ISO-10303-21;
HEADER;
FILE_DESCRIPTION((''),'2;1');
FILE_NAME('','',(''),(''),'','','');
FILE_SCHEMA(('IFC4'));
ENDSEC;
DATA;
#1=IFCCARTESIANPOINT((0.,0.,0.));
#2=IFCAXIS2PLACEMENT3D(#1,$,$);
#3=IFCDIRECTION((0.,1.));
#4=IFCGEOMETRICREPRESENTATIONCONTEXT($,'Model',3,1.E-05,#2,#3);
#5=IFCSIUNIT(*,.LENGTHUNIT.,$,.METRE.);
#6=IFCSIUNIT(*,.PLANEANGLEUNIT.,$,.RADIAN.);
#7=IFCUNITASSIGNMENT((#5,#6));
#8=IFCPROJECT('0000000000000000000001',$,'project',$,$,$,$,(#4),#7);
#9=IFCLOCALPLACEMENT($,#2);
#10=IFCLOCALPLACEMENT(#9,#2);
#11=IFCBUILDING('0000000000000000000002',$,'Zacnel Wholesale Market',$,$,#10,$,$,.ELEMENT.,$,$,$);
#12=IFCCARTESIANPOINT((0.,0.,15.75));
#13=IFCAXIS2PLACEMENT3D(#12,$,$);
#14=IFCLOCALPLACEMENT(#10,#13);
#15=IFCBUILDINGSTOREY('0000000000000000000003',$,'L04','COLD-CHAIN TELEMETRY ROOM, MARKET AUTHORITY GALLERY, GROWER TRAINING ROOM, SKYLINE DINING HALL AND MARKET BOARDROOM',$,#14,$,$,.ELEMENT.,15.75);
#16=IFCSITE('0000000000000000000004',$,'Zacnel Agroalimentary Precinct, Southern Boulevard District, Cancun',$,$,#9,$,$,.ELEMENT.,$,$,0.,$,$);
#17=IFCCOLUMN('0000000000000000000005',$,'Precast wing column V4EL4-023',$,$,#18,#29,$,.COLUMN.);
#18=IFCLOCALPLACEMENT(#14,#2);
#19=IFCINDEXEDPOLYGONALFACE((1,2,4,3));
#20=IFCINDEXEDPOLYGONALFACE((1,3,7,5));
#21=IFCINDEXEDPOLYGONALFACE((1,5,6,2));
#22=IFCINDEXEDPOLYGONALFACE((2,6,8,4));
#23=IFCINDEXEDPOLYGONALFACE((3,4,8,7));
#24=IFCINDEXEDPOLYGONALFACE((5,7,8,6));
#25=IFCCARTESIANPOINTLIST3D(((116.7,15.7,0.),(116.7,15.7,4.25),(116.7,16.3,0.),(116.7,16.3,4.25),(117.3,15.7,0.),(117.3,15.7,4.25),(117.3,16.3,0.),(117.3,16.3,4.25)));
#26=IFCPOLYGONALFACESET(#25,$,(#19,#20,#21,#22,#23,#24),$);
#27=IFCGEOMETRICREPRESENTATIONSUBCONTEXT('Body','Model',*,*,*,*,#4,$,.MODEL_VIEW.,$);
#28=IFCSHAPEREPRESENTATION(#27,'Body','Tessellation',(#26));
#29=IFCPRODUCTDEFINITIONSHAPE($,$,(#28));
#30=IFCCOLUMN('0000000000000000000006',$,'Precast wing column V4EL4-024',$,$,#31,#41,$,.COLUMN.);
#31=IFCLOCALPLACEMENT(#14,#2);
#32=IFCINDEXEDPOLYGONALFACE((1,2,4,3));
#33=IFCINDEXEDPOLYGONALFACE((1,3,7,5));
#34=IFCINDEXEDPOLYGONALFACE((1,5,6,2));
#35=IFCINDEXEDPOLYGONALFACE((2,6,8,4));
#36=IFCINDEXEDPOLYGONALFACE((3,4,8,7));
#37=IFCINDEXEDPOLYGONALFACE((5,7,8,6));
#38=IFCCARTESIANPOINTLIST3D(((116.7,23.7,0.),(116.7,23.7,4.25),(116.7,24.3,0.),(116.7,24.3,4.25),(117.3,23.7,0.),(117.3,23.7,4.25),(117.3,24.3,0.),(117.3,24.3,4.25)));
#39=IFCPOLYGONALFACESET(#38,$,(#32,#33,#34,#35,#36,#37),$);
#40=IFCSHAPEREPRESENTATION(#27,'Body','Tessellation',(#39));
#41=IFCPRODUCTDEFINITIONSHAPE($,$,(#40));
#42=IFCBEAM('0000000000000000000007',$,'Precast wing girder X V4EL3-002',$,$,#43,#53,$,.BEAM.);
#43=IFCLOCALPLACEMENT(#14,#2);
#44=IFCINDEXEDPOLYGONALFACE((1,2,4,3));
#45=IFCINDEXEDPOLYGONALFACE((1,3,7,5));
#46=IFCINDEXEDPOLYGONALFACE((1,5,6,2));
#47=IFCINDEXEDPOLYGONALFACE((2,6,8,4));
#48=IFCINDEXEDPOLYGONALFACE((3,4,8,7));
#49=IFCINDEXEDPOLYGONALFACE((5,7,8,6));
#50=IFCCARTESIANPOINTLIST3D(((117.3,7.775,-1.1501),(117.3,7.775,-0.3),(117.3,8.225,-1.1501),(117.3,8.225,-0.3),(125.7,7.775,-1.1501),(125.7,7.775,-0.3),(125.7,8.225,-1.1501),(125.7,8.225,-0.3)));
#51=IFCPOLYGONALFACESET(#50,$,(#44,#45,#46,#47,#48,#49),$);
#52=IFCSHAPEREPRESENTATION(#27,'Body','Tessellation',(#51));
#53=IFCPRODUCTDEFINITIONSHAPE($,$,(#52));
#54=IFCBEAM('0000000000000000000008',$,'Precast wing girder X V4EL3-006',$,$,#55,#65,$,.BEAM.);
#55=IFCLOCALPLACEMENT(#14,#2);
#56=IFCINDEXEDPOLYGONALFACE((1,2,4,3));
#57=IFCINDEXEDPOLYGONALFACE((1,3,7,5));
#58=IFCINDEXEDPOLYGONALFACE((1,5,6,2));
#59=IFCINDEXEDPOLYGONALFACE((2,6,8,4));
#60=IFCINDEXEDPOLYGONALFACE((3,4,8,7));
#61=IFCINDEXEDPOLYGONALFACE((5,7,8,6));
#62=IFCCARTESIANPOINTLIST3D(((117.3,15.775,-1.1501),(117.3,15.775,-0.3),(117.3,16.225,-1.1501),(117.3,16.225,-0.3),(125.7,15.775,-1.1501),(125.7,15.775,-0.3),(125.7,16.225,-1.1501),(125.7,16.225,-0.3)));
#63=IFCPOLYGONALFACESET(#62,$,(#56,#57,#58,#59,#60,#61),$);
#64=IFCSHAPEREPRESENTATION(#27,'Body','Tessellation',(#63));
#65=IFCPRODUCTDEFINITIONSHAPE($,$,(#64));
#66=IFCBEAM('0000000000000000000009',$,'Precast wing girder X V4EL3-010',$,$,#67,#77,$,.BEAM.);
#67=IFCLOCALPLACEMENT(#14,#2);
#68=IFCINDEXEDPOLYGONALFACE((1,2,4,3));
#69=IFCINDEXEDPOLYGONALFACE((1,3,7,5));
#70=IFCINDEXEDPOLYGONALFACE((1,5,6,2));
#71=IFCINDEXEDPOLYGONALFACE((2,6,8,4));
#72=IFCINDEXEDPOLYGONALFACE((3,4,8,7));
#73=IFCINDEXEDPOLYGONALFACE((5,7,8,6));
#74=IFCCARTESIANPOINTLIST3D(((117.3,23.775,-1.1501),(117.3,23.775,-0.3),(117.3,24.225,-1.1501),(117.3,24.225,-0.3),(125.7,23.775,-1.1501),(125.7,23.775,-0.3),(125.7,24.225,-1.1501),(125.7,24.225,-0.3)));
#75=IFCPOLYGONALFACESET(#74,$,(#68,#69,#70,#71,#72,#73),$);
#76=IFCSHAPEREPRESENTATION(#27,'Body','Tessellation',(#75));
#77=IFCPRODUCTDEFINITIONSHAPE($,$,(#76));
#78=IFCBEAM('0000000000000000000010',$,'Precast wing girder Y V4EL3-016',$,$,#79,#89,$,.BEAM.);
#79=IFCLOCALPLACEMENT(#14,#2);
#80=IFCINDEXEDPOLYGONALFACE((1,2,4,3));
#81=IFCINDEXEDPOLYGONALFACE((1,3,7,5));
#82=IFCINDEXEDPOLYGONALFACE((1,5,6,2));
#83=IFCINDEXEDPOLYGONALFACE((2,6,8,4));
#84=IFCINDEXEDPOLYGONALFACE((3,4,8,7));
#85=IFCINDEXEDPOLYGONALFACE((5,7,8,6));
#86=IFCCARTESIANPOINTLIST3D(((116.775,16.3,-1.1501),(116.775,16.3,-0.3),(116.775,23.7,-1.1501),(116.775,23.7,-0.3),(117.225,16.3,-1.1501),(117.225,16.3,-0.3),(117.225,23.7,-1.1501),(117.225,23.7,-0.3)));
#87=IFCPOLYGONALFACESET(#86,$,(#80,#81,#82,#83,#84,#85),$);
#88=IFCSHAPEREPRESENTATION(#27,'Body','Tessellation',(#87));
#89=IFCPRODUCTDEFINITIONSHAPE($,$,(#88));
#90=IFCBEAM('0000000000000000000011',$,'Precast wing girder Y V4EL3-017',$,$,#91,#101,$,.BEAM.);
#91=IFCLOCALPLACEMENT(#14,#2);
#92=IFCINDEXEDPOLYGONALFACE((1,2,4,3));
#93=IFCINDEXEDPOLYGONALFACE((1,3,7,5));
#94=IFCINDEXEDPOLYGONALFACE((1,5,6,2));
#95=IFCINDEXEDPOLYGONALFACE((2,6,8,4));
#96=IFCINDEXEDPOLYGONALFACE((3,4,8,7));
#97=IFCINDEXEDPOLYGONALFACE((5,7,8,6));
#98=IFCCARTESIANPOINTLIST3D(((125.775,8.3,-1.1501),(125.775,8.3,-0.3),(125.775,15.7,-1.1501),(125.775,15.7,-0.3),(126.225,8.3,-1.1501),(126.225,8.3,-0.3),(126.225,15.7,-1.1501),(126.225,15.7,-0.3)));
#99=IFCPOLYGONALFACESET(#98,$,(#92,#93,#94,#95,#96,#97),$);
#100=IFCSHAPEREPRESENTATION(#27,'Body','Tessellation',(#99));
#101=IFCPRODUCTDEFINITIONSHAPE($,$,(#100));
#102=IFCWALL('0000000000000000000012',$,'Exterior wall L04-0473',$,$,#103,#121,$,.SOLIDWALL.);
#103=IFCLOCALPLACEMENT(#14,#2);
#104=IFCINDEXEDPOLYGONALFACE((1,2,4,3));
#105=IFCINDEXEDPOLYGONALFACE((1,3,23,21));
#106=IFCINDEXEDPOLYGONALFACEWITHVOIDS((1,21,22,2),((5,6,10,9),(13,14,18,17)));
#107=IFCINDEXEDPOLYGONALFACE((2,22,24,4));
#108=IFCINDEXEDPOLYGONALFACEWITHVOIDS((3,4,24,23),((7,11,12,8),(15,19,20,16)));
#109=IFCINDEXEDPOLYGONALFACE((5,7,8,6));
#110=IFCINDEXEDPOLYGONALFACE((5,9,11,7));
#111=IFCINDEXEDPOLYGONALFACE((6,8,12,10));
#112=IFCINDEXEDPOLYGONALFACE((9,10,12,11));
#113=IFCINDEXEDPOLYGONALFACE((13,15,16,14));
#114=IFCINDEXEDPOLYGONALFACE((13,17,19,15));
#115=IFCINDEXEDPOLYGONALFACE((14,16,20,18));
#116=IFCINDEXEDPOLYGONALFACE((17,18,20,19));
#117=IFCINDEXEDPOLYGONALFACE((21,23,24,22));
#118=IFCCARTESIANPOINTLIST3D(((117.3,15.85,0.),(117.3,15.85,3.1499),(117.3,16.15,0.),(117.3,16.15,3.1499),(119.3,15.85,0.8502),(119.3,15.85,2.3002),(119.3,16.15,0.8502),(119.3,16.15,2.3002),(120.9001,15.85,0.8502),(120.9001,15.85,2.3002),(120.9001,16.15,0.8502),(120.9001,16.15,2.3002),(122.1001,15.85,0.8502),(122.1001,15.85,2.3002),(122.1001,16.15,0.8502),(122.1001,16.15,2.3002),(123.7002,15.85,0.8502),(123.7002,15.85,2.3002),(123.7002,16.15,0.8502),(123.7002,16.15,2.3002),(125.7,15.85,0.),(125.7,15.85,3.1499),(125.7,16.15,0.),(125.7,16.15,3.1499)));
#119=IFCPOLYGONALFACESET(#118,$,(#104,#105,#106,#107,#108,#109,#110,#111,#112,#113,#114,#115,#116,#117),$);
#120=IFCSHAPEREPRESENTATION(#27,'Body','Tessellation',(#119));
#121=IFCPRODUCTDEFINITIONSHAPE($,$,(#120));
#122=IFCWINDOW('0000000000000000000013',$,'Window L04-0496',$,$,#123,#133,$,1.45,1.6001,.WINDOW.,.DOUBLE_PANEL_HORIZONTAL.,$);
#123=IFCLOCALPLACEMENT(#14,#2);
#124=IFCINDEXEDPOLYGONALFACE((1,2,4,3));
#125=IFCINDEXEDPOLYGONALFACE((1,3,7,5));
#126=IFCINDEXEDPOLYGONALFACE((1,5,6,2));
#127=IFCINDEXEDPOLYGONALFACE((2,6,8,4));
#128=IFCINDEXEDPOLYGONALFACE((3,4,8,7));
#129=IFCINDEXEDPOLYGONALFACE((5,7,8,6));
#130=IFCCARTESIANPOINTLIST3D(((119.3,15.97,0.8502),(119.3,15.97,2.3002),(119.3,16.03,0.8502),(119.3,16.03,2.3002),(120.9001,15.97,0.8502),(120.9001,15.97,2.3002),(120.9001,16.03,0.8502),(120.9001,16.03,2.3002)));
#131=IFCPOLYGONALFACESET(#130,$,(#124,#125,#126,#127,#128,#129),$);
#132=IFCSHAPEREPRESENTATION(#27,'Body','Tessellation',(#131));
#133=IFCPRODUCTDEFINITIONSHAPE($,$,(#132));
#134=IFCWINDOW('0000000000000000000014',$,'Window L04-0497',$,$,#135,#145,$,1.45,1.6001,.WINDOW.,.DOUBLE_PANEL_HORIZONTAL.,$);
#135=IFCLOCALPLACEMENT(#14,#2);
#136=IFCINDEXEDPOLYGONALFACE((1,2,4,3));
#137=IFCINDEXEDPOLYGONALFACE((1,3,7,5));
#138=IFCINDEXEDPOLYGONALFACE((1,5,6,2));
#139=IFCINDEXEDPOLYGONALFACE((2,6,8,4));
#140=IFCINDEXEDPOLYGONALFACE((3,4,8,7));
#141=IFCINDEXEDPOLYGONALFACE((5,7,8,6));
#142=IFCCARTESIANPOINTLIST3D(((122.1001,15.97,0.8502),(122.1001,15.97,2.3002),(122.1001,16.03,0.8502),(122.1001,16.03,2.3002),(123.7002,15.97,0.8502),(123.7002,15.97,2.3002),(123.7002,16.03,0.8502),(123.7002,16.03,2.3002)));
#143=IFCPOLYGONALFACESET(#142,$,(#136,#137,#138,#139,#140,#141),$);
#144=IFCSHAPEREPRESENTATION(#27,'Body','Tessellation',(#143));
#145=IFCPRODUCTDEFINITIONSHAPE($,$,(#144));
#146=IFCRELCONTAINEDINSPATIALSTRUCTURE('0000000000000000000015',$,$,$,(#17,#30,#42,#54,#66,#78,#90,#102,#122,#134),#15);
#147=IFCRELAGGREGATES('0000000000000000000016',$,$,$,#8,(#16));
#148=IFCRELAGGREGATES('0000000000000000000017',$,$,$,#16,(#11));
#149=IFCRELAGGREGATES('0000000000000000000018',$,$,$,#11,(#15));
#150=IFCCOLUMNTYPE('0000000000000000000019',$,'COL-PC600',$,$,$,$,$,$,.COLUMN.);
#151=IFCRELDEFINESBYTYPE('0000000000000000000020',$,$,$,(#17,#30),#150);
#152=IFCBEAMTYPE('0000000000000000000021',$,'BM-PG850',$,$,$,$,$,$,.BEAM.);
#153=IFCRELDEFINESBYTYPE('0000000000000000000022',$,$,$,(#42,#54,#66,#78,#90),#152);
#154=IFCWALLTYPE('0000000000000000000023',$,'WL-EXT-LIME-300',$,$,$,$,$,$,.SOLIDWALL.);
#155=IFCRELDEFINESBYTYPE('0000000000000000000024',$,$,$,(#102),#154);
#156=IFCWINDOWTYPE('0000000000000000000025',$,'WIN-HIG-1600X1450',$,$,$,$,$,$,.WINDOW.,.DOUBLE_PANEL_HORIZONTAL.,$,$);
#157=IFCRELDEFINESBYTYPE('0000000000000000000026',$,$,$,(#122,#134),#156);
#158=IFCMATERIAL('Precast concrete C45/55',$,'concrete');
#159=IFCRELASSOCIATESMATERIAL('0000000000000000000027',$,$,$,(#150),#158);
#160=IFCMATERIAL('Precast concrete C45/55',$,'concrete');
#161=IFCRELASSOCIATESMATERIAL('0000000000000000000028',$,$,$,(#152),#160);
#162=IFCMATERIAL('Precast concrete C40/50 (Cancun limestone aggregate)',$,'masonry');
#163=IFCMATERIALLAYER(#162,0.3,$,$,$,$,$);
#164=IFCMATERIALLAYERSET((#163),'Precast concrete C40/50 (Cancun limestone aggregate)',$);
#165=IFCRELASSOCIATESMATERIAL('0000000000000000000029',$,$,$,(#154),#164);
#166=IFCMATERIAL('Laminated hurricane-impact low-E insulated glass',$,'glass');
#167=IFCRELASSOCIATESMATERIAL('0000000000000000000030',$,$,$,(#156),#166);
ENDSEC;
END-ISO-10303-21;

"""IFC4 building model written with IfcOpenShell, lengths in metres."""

from ifc_helpers import new_model, si_unit, direction, frame, frame_2d, origin, origin_2d, place, context, subcontext, project, spatial, rectangle, extrude, material, layer, layer_set, material_profile, profile_set, type_object, element, fill, save


model = new_model("IFC4")

# Units and contexts
model_context = context("Model", 3, precision=1e-05, world=origin(), true_north=direction((0.0, 1.0)))
body_context = subcontext(model_context, "Body", "Model", "MODEL_VIEW")
ifc_project = project(units=[si_unit("LENGTHUNIT", "METRE"), si_unit("PLANEANGLEUNIT", "RADIAN")], contexts=[model_context])

# Site, building, storey
site_placement = place(None, origin())
site = spatial("IfcSite", under=ifc_project, at=site_placement, Name="Zacnel Agroalimentary Precinct, Southern Boulevard District, Cancun", CompositionType="ELEMENT", RefElevation=0.0)
building_placement = place(site_placement, origin())
building = spatial("IfcBuilding", under=site, at=building_placement, Name="Zacnel Wholesale Market", CompositionType="ELEMENT")
storey_placement = place(building_placement, frame((0.0, 0.0, 15.75)))
storey = spatial("IfcBuildingStorey", under=building, at=storey_placement, Name="L04", Description="COLD-CHAIN TELEMETRY ROOM, MARKET AUTHORITY GALLERY, GROWER TRAINING ROOM, SKYLINE DINING HALL AND MARKET BOARDROOM", CompositionType="ELEMENT", Elevation=15.75)

# Columns
ifc_material_1 = material(Name="Precast concrete C45/55", Category="concrete")
ifc_material_profile_1 = material_profile(ifc_material_1, rectangle(XDim=0.6001, YDim=0.6001, at=origin_2d()), Name="PC 600x600")
ifc_profile_set_1 = profile_set([ifc_material_profile_1], Name="Precast concrete C45/55")
column_type = type_object("IfcColumnType", Name="COL-PC600", PredefinedType="COLUMN", material=ifc_profile_set_1)
for number, where, z_axis, x_axis, name in (
    (1, (117.0, 16.0, 0.0), (0.0, 0.0, 1.0), (1.0, 0.0, 0.0), "Precast wing column V4EL4-023"),
    (2, (117.0, 24.0, 0.0), (0.0, 0.0, 1.0), (1.0, 0.0, 0.0), "Precast wing column V4EL4-024"),
):
    element("IfcColumn", number, at=place(storey_placement, frame(where, z_axis=z_axis, x_axis=x_axis)), inside=storey, type_object=column_type, Name=name, PredefinedType="COLUMN", context=body_context, shape_type="SweptSolid", body=[
        extrude(rectangle(XDim=0.6001, YDim=0.6001, at=origin_2d()), origin(), (0.0, 0.0, 1.0), 4.25),
    ])

# Beams
ifc_material_2 = material(Name="Precast concrete C45/55", Category="concrete")
ifc_material_profile_2 = material_profile(ifc_material_2, rectangle(XDim=0.45, YDim=0.8501, at=origin_2d()), Name="PG 450x850")
ifc_profile_set_2 = profile_set([ifc_material_profile_2], Name="Precast concrete C45/55")
beam_type = type_object("IfcBeamType", Name="BM-PG850", PredefinedType="BEAM", material=ifc_profile_set_2)
for number, where, z_axis, x_axis, name in (
    (3, (117.3, 8.0, -0.7251), (1.0, 0.0, 0.0), (0.0, 1.0, 0.0), "Precast wing girder X V4EL3-002"),
    (4, (117.3, 16.0, -0.7251), (1.0, 0.0, 0.0), (0.0, 1.0, 0.0), "Precast wing girder X V4EL3-006"),
    (5, (117.3, 24.0, -0.7251), (1.0, 0.0, 0.0), (0.0, 1.0, 0.0), "Precast wing girder X V4EL3-010"),
):
    element("IfcBeam", number, at=place(storey_placement, frame(where, z_axis=z_axis, x_axis=x_axis)), inside=storey, type_object=beam_type, Name=name, PredefinedType="BEAM", context=body_context, shape_type="SweptSolid", body=[
        extrude(rectangle(XDim=0.45, YDim=0.8501, at=origin_2d()), origin(), (0.0, 0.0, 1.0), 8.3999),
    ])
for number, where, z_axis, x_axis, name in (
    (6, (117.0, 16.3, -0.7251), (0.0, 1.0, 0.0), (-1.0, 0.0, 0.0), "Precast wing girder Y V4EL3-016"),
    (7, (126.0, 8.3, -0.7251), (0.0, 1.0, 0.0), (-1.0, 0.0, 0.0), "Precast wing girder Y V4EL3-017"),
):
    element("IfcBeam", number, at=place(storey_placement, frame(where, z_axis=z_axis, x_axis=x_axis)), inside=storey, type_object=beam_type, Name=name, PredefinedType="BEAM", context=body_context, shape_type="SweptSolid", body=[
        extrude(rectangle(XDim=0.45, YDim=0.8501, at=origin_2d()), origin(), (0.0, 0.0, 1.0), 7.3999),
    ])

# Wall, openings, windows
ifc_material_3 = material(Name="Precast concrete C40/50 (Cancun limestone aggregate)", Category="masonry")
ifc_layer_1 = layer(ifc_material_3, 0.3)
ifc_layer_set_1 = layer_set([ifc_layer_1], Name="Precast concrete C40/50 (Cancun limestone aggregate)")
wall_type = type_object("IfcWallType", Name="WL-EXT-LIME-300", PredefinedType="SOLIDWALL", material=ifc_layer_set_1)
wall_1_placement = place(storey_placement, frame((117.3, 16.0, 0.0), z_axis=(0.0, 0.0, 1.0), x_axis=(1.0, 0.0, 0.0)))
wall_1 = element("IfcWall", 8, at=wall_1_placement, inside=storey, type_object=wall_type, Name="Exterior wall L04-0473", PredefinedType="SOLIDWALL", context=body_context, shape_type="SweptSolid", body=[
    extrude(rectangle(XDim=8.3999, YDim=0.3, at=frame_2d((4.2, 0.0))), origin(), (0.0, 0.0, 1.0), 3.1499),
])
opening_1_placement = place(wall_1_placement, frame((2.0, 0.0, 0.8501)))
opening_1 = element("IfcOpeningElement", 9, at=opening_1_placement, cuts=wall_1, PredefinedType="OPENING", context=body_context, shape_type="SweptSolid", body=[
    extrude(rectangle(XDim=1.6001, YDim=1.45, at=frame_2d((0.8, 0.7251))), frame((0.0, 0.1599, 0.0), z_axis=(0.0, -1.0, 0.0), x_axis=(1.0, 0.0, 0.0)), (0.0, 0.0, 1.0), 0.3201),
])
opening_2_placement = place(wall_1_placement, frame((4.8, 0.0, 0.8501)))
opening_2 = element("IfcOpeningElement", 10, at=opening_2_placement, cuts=wall_1, PredefinedType="OPENING", context=body_context, shape_type="SweptSolid", body=[
    extrude(rectangle(XDim=1.6001, YDim=1.45, at=frame_2d((0.8, 0.7251))), frame((0.0, 0.1599, 0.0), z_axis=(0.0, -1.0, 0.0), x_axis=(1.0, 0.0, 0.0)), (0.0, 0.0, 1.0), 0.3201),
])
ifc_material_4 = material(Name="Laminated hurricane-impact low-E insulated glass", Category="glass")
window_type = type_object("IfcWindowType", Name="WIN-HIG-1600X1450", PartitioningType="DOUBLE_PANEL_HORIZONTAL", PredefinedType="WINDOW", material=ifc_material_4)
window_1_placement = place(opening_1_placement, origin())
window_1 = element("IfcWindow", 11, at=window_1_placement, inside=storey, type_object=window_type, Name="Window L04-0496", OverallHeight=1.45, OverallWidth=1.6001, PartitioningType="DOUBLE_PANEL_HORIZONTAL", PredefinedType="WINDOW", context=body_context, shape_type="SweptSolid", body=[
    extrude(rectangle(XDim=1.6001, YDim=1.45, at=frame_2d((0.8, 0.7251))), frame((0.0, 0.03, 0.0), z_axis=(0.0, -1.0, 0.0), x_axis=(1.0, 0.0, 0.0)), (0.0, 0.0, 1.0), 0.0601),
])
fill(opening_1, window_1)
window_2_placement = place(opening_2_placement, origin())
window_2 = element("IfcWindow", 12, at=window_2_placement, inside=storey, type_object=window_type, Name="Window L04-0497", OverallHeight=1.45, OverallWidth=1.6001, PartitioningType="DOUBLE_PANEL_HORIZONTAL", PredefinedType="WINDOW", context=body_context, shape_type="SweptSolid", body=[
    extrude(rectangle(XDim=1.6001, YDim=1.45, at=frame_2d((0.8, 0.7251))), frame((0.0, 0.03, 0.0), z_axis=(0.0, -1.0, 0.0), x_axis=(1.0, 0.0, 0.0)), (0.0, 0.0, 1.0), 0.0601),
])
fill(opening_2, window_2)

save(model, "model.ifc")
